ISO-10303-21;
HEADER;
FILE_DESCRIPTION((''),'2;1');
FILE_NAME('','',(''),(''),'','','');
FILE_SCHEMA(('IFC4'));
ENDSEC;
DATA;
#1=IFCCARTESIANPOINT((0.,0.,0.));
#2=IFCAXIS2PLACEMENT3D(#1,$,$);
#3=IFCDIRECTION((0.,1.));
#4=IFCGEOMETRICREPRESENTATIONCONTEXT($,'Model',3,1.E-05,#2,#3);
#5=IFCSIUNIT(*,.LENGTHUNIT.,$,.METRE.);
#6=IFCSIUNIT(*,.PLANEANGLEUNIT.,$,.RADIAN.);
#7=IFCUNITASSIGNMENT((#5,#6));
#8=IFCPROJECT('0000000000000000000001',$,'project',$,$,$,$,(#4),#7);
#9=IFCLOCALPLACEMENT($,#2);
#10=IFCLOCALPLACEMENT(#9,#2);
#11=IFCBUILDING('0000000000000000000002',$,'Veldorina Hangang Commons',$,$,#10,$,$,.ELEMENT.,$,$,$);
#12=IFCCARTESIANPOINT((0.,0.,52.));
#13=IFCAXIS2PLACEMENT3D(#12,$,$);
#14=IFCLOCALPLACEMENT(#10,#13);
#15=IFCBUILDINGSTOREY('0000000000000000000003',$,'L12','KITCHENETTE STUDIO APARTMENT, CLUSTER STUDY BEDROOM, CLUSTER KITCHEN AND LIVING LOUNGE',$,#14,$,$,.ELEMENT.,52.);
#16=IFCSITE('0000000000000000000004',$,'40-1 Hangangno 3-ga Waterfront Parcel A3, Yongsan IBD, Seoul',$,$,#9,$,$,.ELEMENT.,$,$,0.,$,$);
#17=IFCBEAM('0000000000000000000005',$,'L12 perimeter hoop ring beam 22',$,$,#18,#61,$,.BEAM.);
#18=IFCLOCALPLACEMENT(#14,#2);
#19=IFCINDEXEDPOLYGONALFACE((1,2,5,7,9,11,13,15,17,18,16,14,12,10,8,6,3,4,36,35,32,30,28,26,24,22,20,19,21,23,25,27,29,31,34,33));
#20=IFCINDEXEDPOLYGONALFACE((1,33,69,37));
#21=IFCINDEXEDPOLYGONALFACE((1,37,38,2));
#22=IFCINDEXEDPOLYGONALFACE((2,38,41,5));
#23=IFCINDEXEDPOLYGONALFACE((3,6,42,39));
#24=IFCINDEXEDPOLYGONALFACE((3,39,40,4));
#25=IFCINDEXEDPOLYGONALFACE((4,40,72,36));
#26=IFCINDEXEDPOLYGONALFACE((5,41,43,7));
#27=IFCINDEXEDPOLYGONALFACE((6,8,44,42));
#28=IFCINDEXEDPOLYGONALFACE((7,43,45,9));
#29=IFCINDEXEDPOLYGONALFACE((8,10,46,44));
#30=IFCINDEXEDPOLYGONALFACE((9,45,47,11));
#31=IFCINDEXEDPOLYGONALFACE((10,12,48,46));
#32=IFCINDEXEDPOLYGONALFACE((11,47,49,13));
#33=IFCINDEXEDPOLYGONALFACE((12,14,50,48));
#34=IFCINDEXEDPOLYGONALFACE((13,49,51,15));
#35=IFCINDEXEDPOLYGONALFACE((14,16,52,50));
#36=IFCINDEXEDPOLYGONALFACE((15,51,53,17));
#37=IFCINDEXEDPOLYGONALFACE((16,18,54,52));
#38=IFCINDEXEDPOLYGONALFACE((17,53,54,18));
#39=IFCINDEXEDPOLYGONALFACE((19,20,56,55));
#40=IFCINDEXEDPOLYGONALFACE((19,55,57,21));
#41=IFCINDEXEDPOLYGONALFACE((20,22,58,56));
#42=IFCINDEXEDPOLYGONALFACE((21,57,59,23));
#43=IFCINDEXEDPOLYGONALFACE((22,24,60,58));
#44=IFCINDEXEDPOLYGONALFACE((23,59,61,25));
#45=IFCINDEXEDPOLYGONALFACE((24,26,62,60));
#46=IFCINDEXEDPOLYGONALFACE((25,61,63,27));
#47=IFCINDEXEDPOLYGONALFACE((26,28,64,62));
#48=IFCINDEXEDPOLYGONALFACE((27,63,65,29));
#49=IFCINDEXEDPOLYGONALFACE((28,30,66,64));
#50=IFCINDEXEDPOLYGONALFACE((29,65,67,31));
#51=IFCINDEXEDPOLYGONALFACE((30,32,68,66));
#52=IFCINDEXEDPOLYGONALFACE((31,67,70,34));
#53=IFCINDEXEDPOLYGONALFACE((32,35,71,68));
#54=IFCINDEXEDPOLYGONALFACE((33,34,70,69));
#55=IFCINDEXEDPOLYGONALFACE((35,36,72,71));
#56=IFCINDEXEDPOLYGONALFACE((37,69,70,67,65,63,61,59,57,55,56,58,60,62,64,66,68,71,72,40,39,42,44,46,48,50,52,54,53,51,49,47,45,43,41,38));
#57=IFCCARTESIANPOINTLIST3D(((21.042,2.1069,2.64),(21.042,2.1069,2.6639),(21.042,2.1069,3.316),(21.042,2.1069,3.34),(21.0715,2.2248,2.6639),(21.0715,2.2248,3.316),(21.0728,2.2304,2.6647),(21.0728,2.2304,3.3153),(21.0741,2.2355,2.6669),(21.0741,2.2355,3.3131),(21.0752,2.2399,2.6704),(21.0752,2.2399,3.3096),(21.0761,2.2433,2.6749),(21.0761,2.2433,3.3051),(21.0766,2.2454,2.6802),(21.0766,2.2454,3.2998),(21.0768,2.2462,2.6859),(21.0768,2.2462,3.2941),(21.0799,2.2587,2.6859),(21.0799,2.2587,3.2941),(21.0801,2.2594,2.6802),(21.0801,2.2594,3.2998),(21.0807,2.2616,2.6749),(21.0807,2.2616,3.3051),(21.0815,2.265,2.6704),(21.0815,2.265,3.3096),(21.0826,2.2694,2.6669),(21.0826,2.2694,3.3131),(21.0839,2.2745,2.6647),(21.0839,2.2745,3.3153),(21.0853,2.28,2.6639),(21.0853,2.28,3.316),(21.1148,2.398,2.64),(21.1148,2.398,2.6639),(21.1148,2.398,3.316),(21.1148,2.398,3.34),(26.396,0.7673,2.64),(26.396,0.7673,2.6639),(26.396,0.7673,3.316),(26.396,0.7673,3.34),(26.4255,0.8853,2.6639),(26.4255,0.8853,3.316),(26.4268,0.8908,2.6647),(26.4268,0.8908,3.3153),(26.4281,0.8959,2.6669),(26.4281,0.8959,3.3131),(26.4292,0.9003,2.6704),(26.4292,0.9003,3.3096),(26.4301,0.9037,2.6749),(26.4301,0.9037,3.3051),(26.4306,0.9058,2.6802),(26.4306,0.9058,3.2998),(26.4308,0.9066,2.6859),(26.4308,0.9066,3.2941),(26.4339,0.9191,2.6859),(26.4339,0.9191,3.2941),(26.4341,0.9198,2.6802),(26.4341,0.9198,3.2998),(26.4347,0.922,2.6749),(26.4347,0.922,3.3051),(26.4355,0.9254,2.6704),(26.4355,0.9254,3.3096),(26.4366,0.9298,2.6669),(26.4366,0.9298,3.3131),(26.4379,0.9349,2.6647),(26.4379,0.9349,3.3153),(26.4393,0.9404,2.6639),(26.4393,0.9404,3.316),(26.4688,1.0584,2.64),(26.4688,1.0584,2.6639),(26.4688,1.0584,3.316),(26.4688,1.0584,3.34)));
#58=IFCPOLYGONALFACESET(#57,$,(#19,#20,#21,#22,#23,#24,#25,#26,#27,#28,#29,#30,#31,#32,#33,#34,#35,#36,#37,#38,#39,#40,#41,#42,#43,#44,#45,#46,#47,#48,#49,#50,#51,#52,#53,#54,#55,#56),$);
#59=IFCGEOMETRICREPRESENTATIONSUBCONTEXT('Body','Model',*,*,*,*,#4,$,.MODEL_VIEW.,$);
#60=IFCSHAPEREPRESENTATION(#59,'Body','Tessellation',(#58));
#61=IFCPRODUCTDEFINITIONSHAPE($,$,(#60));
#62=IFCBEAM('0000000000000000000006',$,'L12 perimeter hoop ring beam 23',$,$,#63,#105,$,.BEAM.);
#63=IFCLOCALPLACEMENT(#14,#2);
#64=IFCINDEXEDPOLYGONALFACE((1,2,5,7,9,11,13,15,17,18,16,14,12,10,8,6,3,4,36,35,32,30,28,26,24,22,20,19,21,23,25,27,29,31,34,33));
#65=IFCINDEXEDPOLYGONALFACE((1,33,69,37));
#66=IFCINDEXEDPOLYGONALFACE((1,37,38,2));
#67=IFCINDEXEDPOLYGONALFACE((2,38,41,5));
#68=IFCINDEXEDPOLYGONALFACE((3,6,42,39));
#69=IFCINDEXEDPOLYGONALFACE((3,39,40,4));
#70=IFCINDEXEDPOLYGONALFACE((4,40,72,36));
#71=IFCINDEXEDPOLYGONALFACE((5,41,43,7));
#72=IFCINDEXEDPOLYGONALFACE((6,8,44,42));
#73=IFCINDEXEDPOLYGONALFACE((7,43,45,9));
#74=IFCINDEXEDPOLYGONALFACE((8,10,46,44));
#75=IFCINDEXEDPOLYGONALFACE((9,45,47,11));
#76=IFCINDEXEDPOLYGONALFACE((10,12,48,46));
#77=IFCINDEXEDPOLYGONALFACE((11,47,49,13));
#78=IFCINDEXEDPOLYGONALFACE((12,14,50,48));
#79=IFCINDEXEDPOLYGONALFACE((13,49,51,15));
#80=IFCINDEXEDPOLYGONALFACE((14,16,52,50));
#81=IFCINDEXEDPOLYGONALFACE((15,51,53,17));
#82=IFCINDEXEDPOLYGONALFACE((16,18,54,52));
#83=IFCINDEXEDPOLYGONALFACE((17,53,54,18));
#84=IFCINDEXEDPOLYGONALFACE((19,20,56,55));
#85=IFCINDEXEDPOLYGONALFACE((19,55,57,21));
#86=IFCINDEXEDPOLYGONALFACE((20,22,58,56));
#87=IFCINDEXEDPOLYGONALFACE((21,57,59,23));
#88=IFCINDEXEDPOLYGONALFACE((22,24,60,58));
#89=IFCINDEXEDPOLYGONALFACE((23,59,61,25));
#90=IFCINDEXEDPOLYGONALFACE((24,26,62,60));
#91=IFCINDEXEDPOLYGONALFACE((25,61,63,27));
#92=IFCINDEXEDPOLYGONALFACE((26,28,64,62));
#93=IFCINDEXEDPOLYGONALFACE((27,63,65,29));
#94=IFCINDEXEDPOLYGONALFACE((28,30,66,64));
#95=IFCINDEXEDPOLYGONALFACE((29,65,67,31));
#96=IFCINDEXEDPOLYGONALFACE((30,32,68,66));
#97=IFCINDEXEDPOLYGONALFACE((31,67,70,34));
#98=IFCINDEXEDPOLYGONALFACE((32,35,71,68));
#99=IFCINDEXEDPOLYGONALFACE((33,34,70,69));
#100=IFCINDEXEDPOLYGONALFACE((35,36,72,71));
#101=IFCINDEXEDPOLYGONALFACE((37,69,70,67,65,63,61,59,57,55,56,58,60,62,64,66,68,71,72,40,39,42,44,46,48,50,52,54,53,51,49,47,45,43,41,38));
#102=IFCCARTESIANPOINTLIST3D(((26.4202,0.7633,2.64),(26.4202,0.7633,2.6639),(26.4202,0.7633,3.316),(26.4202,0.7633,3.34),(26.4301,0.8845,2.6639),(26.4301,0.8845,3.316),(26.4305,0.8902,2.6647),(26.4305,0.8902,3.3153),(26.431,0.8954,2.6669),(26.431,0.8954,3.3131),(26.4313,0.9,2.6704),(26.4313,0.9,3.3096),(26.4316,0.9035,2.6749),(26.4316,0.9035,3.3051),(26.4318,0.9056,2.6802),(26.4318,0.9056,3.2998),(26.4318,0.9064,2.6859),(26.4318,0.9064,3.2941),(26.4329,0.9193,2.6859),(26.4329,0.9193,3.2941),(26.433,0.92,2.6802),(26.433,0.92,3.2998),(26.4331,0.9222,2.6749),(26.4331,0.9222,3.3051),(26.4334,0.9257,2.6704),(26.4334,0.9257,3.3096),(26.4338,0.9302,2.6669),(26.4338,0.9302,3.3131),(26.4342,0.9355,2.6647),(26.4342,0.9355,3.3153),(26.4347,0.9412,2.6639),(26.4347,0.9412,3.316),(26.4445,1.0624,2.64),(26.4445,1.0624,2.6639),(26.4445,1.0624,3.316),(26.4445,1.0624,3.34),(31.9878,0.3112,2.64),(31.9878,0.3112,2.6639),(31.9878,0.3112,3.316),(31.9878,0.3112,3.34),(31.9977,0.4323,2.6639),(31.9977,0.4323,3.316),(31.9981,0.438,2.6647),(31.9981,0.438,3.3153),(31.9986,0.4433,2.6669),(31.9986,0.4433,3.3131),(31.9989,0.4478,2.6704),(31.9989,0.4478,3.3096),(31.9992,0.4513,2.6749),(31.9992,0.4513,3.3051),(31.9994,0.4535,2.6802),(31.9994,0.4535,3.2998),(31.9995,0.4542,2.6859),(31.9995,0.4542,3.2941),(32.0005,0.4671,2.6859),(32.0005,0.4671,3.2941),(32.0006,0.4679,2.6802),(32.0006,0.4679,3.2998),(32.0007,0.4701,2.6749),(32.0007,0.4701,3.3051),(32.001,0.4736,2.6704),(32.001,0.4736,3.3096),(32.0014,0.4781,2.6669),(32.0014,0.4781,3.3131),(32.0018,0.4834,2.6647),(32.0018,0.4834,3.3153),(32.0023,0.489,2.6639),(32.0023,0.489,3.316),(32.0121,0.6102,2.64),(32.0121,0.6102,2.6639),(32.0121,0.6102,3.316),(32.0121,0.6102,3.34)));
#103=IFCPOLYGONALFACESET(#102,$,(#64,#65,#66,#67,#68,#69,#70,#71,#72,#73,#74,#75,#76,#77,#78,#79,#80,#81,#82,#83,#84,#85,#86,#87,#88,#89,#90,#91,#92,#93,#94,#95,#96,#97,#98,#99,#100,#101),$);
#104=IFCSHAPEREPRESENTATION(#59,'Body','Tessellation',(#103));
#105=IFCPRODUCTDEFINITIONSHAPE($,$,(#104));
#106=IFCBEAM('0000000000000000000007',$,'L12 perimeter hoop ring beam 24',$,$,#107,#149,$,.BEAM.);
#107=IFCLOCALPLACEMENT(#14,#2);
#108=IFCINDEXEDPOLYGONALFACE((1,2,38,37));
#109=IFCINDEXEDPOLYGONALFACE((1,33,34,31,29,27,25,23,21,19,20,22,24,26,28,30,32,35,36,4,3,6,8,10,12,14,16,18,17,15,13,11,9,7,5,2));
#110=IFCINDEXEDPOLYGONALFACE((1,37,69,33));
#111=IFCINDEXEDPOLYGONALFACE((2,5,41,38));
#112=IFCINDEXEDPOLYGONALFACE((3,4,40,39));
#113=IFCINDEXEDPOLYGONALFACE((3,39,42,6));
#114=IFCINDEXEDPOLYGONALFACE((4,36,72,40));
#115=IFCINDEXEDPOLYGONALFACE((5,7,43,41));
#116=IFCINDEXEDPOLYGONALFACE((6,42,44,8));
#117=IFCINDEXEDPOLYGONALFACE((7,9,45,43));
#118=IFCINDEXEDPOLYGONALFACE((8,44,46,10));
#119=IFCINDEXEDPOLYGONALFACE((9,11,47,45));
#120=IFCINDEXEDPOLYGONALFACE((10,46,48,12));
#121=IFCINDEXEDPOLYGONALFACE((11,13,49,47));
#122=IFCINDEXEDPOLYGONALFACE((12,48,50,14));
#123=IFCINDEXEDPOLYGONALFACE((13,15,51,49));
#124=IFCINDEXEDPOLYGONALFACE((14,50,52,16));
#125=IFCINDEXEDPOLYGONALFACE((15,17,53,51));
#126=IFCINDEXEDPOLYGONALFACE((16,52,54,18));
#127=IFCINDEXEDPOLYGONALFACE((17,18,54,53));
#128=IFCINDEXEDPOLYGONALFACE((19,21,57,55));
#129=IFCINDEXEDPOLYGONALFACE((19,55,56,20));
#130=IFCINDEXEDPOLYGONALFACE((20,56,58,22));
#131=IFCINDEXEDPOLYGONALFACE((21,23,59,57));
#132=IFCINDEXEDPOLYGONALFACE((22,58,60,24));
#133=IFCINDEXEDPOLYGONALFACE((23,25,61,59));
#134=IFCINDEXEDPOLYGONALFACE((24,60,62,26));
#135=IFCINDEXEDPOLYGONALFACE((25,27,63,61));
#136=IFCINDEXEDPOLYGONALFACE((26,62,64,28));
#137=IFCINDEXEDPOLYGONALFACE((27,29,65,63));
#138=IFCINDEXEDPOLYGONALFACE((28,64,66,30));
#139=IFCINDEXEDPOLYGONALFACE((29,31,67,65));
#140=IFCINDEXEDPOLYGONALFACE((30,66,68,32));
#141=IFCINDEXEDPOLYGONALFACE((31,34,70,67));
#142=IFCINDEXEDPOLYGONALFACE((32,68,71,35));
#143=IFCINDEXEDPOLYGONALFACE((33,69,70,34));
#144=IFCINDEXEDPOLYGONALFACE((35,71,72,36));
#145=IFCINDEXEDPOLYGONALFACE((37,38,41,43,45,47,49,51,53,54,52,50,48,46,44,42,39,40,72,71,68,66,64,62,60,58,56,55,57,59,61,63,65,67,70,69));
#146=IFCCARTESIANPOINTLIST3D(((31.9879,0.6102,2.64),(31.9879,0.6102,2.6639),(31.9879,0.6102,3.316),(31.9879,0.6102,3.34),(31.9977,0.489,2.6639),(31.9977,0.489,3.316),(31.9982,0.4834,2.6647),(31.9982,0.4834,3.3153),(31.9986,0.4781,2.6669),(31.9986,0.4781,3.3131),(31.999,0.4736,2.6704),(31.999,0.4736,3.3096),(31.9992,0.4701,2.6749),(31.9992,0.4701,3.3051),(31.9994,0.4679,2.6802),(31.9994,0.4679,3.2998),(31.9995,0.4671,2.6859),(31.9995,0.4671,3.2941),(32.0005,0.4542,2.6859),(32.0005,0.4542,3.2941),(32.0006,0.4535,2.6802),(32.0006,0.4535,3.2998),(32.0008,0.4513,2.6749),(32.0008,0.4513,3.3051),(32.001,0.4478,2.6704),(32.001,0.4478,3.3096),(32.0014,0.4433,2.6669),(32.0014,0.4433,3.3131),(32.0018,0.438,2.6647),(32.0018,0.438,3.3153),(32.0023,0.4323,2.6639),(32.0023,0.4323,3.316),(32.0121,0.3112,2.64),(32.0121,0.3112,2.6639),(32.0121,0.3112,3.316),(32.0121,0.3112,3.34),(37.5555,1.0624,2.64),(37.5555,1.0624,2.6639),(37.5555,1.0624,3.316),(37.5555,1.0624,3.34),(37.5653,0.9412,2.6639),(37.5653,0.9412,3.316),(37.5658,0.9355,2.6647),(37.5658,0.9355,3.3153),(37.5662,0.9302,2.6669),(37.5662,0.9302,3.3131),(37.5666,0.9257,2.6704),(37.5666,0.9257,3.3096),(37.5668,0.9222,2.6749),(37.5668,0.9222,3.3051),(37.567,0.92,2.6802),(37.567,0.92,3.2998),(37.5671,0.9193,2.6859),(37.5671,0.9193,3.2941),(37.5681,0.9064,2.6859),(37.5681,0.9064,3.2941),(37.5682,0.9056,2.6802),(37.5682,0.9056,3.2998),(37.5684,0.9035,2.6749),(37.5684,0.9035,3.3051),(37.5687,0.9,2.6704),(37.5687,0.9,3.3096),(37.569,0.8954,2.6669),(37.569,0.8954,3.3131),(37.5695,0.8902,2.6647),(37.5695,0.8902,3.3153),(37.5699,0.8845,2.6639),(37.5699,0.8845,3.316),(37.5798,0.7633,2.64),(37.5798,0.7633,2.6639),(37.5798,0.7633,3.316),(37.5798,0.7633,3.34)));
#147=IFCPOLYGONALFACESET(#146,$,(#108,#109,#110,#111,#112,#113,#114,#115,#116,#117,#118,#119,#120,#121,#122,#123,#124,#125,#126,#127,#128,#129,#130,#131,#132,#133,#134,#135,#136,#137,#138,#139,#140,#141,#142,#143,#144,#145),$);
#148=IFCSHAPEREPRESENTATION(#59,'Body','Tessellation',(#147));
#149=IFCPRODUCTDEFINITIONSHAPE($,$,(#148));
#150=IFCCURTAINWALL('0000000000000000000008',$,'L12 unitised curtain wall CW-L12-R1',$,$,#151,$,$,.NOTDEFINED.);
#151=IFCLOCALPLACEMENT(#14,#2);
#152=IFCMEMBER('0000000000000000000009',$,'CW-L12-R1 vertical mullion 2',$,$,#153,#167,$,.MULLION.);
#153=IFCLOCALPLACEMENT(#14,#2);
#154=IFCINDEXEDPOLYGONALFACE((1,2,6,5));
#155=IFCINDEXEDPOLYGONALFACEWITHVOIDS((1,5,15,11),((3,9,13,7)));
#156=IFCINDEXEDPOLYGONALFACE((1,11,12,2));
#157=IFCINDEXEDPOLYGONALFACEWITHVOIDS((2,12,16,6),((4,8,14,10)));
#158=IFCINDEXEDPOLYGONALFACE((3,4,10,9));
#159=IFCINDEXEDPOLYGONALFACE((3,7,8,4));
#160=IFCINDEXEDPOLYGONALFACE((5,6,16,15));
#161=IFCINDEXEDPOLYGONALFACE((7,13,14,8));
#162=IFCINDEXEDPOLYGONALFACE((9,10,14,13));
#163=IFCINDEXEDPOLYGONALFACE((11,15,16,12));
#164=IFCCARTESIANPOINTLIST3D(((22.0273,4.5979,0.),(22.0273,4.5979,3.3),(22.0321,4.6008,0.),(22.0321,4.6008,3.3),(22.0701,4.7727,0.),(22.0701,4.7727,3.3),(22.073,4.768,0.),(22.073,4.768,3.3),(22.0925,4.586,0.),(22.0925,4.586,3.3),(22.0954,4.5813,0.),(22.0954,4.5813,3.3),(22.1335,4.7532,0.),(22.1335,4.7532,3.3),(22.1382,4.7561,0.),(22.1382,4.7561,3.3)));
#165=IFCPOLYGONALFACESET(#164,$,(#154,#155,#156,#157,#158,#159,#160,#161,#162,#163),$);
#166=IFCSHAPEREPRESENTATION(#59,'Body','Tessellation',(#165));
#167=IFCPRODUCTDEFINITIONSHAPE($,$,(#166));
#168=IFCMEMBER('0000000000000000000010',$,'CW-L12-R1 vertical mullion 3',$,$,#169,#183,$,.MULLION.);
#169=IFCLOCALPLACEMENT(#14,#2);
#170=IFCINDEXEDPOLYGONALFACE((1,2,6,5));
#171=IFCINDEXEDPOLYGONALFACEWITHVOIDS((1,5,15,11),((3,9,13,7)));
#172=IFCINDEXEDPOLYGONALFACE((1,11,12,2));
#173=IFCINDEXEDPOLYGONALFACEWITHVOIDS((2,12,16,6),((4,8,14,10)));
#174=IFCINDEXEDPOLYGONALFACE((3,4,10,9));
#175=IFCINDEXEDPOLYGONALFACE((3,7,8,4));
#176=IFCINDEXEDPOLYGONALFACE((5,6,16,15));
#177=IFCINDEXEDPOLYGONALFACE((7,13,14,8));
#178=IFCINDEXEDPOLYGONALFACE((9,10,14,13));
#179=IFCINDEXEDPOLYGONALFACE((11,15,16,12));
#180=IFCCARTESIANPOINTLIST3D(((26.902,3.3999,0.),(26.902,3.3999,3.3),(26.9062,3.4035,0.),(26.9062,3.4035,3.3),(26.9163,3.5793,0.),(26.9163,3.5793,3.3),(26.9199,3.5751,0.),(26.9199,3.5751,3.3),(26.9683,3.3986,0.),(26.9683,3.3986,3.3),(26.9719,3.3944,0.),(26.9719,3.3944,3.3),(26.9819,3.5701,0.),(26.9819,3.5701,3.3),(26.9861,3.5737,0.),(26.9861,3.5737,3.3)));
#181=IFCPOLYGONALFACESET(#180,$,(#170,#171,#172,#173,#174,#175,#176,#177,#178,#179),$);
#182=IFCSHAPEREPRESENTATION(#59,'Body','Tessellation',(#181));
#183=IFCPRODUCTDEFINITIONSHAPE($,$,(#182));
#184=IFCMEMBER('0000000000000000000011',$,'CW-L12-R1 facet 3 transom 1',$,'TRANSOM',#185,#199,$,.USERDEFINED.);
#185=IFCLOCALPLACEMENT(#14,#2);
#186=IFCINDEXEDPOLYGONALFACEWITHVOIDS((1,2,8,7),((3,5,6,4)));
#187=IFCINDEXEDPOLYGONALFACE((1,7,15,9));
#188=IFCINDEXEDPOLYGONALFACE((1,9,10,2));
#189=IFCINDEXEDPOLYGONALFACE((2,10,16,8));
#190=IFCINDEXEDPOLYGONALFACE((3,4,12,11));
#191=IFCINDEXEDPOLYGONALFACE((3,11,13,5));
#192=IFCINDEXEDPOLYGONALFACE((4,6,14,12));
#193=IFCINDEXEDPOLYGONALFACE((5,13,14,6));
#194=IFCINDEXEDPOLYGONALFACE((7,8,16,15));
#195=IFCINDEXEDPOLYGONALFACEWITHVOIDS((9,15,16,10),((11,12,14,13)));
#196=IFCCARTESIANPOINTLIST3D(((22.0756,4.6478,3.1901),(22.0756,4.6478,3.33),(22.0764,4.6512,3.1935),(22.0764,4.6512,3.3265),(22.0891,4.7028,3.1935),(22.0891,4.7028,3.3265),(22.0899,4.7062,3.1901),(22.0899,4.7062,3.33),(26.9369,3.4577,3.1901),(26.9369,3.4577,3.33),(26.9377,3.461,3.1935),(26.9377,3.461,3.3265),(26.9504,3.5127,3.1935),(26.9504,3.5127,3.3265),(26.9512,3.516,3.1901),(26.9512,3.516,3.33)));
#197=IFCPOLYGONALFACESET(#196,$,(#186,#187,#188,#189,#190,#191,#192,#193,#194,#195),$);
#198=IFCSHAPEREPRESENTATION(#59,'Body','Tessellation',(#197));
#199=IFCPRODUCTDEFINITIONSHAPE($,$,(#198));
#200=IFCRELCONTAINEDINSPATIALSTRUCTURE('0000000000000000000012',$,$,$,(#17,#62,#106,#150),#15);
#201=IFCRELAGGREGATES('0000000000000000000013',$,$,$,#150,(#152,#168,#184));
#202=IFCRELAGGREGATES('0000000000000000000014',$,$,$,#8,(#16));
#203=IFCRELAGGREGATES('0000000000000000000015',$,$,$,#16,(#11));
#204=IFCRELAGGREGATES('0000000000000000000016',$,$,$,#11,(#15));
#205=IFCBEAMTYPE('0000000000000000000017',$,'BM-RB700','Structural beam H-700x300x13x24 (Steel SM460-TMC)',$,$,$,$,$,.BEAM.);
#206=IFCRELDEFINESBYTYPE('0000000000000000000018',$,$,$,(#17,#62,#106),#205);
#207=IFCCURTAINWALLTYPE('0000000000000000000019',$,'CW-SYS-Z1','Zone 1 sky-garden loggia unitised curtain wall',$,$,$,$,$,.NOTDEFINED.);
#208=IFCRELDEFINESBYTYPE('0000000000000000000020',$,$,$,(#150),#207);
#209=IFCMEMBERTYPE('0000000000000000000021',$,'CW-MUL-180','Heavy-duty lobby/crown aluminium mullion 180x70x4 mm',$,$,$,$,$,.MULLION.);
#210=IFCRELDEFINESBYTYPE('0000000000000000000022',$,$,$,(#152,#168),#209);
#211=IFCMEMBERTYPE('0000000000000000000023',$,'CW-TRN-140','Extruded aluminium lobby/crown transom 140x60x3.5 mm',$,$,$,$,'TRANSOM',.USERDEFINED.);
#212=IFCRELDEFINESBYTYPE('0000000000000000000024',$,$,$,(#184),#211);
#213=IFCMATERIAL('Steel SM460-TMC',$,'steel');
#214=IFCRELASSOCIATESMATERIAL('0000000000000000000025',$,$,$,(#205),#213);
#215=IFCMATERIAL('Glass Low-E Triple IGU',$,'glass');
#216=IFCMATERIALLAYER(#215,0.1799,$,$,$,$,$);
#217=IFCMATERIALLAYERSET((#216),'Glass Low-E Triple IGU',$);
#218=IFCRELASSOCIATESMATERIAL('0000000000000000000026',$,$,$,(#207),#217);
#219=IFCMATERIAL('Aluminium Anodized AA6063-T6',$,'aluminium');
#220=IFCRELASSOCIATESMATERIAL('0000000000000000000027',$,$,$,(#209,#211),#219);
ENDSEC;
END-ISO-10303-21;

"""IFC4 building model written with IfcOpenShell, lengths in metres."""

from ifc_helpers import new_model, si_unit, direction, frame, origin, origin_2d, place, context, subcontext, project, spatial, hollow_rectangle, i_section, extrude, material, layer, layer_set, material_profile, profile_set, type_object, element, aggregate, save


model = new_model("IFC4")

# Units and contexts
model_context = context("Model", 3, precision=1e-05, world=origin(), true_north=direction((0.0, 1.0)))
body_context = subcontext(model_context, "Body", "Model", "MODEL_VIEW")
ifc_project = project(units=[si_unit("LENGTHUNIT", "METRE"), si_unit("PLANEANGLEUNIT", "RADIAN")], contexts=[model_context])

# Site, building, storey
site_placement = place(None, origin())
site = spatial("IfcSite", under=ifc_project, at=site_placement, Name="40-1 Hangangno 3-ga Waterfront Parcel A3, Yongsan IBD, Seoul", CompositionType="ELEMENT", RefElevation=0.0)
building_placement = place(site_placement, origin())
building = spatial("IfcBuilding", under=site, at=building_placement, Name="Veldorina Hangang Commons", CompositionType="ELEMENT")
storey_placement = place(building_placement, frame((0.0, 0.0, 52.0)))
storey = spatial("IfcBuildingStorey", under=building, at=storey_placement, Name="L12", Description="KITCHENETTE STUDIO APARTMENT, CLUSTER STUDY BEDROOM, CLUSTER KITCHEN AND LIVING LOUNGE", CompositionType="ELEMENT", Elevation=52.0)

# Beams
ifc_material_1 = material(Name="Steel SM460-TMC", Category="steel")
ifc_material_profile_1 = material_profile(ifc_material_1, i_section(OverallWidth=0.3, OverallDepth=0.7, WebThickness=0.0129, FlangeThickness=0.0239, FilletRadius=0.022, at=origin_2d()), Name="H-700x300x13x24")
ifc_profile_set_1 = profile_set([ifc_material_profile_1], Name="Steel SM460-TMC")
beam_type = type_object("IfcBeamType", Name="BM-RB700", Description="Structural beam H-700x300x13x24 (Steel SM460-TMC)", PredefinedType="BEAM", material=ifc_profile_set_1)
beam_placement = place(storey_placement, frame((21.0784, 2.2524, 2.99), z_axis=(0.970096, -0.242723, 0.0), x_axis=(0.242723, 0.970096, 0.0)))
element("IfcBeam", 1, at=beam_placement, inside=storey, type_object=beam_type, Name="L12 perimeter hoop ring beam 22", PredefinedType="BEAM", context=body_context, shape_type="SweptSolid", body=[
    extrude(i_section(OverallWidth=0.3, OverallDepth=0.7, WebThickness=0.0129, FlangeThickness=0.0239, FilletRadius=0.022, at=origin_2d()), origin(), (0.0, 0.0, 1.0), 5.519),
])
for number, where, z_axis, x_axis, name in (
    (2, (26.4324, 0.9128, 2.99), (0.996719, -0.080944, 0.0), (0.080944, 0.996719, 0.0), "L12 perimeter hoop ring beam 23"),
    (3, (32.0, 0.4607, 2.99), (0.996719, 0.080944, 0.0), (-0.080944, 0.996719, 0.0), "L12 perimeter hoop ring beam 24"),
):
    element("IfcBeam", number, at=place(storey_placement, frame(where, z_axis=z_axis, x_axis=x_axis)), inside=storey, type_object=beam_type, Name=name, PredefinedType="BEAM", context=body_context, shape_type="SweptSolid", body=[
        extrude(i_section(OverallWidth=0.3, OverallDepth=0.7, WebThickness=0.0129, FlangeThickness=0.0239, FilletRadius=0.022, at=origin_2d()), origin(), (0.0, 0.0, 1.0), 5.5859),
    ])

# Curtain wall, members
ifc_material_2 = material(Name="Glass Low-E Triple IGU", Category="glass")
ifc_layer_1 = layer(ifc_material_2, 0.1799)
ifc_layer_set_1 = layer_set([ifc_layer_1], Name="Glass Low-E Triple IGU")
curtain_wall_type = type_object("IfcCurtainWallType", Name="CW-SYS-Z1", Description="Zone 1 sky-garden loggia unitised curtain wall", PredefinedType="NOTDEFINED", material=ifc_layer_set_1)
curtain_wall_placement = place(storey_placement, origin())
curtain_wall = element("IfcCurtainWall", 4, at=curtain_wall_placement, inside=storey, type_object=curtain_wall_type, Name="L12 unitised curtain wall CW-L12-R1", PredefinedType="NOTDEFINED")
ifc_material_3 = material(Name="Aluminium Anodized AA6063-T6", Category="aluminium")
ifc_material_profile_2 = material_profile(ifc_material_3, hollow_rectangle(XDim=0.0701, YDim=0.1799, WallThickness=0.0039, at=origin_2d()), Name="ALU-RHS-180x70x4")
ifc_profile_set_2 = profile_set([ifc_material_profile_2], Name="Aluminium Anodized AA6063-T6")
member_type_1 = type_object("IfcMemberType", Name="CW-MUL-180", Description="Heavy-duty lobby/crown aluminium mullion 180x70x4 mm", PredefinedType="MULLION", material=ifc_profile_set_2)
member_1_placement = place(storey_placement, frame((22.0828, 4.677, 0.0), z_axis=(0.0, 0.0, 1.0), x_axis=(0.971313, -0.237805, 0.0)))
member_1 = element("IfcMember", 5, at=member_1_placement, type_object=member_type_1, Name="CW-L12-R1 vertical mullion 2", PredefinedType="MULLION", context=body_context, shape_type="SweptSolid", body=[
    extrude(hollow_rectangle(XDim=0.0701, YDim=0.1799, WallThickness=0.0039, at=origin_2d()), origin(), (0.0, 0.0, 1.0), 3.3),
])
member_2_placement = place(storey_placement, frame((26.9441, 3.4868, 0.0), z_axis=(0.0, 0.0, 1.0), x_axis=(0.996855, -0.079242, 0.0)))
member_2 = element("IfcMember", 6, at=member_2_placement, type_object=member_type_1, Name="CW-L12-R1 vertical mullion 3", PredefinedType="MULLION", context=body_context, shape_type="SweptSolid", body=[
    extrude(hollow_rectangle(XDim=0.0701, YDim=0.1799, WallThickness=0.0039, at=origin_2d()), origin(), (0.0, 0.0, 1.0), 3.3),
])
ifc_material_profile_3 = material_profile(ifc_material_3, hollow_rectangle(XDim=0.0601, YDim=0.1399, WallThickness=0.0034, at=origin_2d()), Name="ALU-RHS-140x60x3.5")
ifc_profile_set_3 = profile_set([ifc_material_profile_3], Name="Aluminium Anodized AA6063-T6")
member_type_2 = type_object("IfcMemberType", Name="CW-TRN-140", Description="Extruded aluminium lobby/crown transom 140x60x3.5 mm", ElementType="TRANSOM", PredefinedType="USERDEFINED", material=ifc_profile_set_3)
member_3_placement = place(storey_placement, frame((22.0828, 4.677, 3.26), z_axis=(0.971313, -0.237804, 0.0), x_axis=(0.237804, 0.971313, 0.0)))
member_3 = element("IfcMember", 7, at=member_3_placement, type_object=member_type_2, Name="CW-L12-R1 facet 3 transom 1", ObjectType="TRANSOM", PredefinedType="USERDEFINED", context=body_context, shape_type="SweptSolid", body=[
    extrude(hollow_rectangle(XDim=0.0601, YDim=0.1399, WallThickness=0.0034, at=origin_2d()), origin(), (0.0, 0.0, 1.0), 5.0049),
])

aggregate(curtain_wall, [member_1, member_2, member_3])

save(model, "model.ifc")
